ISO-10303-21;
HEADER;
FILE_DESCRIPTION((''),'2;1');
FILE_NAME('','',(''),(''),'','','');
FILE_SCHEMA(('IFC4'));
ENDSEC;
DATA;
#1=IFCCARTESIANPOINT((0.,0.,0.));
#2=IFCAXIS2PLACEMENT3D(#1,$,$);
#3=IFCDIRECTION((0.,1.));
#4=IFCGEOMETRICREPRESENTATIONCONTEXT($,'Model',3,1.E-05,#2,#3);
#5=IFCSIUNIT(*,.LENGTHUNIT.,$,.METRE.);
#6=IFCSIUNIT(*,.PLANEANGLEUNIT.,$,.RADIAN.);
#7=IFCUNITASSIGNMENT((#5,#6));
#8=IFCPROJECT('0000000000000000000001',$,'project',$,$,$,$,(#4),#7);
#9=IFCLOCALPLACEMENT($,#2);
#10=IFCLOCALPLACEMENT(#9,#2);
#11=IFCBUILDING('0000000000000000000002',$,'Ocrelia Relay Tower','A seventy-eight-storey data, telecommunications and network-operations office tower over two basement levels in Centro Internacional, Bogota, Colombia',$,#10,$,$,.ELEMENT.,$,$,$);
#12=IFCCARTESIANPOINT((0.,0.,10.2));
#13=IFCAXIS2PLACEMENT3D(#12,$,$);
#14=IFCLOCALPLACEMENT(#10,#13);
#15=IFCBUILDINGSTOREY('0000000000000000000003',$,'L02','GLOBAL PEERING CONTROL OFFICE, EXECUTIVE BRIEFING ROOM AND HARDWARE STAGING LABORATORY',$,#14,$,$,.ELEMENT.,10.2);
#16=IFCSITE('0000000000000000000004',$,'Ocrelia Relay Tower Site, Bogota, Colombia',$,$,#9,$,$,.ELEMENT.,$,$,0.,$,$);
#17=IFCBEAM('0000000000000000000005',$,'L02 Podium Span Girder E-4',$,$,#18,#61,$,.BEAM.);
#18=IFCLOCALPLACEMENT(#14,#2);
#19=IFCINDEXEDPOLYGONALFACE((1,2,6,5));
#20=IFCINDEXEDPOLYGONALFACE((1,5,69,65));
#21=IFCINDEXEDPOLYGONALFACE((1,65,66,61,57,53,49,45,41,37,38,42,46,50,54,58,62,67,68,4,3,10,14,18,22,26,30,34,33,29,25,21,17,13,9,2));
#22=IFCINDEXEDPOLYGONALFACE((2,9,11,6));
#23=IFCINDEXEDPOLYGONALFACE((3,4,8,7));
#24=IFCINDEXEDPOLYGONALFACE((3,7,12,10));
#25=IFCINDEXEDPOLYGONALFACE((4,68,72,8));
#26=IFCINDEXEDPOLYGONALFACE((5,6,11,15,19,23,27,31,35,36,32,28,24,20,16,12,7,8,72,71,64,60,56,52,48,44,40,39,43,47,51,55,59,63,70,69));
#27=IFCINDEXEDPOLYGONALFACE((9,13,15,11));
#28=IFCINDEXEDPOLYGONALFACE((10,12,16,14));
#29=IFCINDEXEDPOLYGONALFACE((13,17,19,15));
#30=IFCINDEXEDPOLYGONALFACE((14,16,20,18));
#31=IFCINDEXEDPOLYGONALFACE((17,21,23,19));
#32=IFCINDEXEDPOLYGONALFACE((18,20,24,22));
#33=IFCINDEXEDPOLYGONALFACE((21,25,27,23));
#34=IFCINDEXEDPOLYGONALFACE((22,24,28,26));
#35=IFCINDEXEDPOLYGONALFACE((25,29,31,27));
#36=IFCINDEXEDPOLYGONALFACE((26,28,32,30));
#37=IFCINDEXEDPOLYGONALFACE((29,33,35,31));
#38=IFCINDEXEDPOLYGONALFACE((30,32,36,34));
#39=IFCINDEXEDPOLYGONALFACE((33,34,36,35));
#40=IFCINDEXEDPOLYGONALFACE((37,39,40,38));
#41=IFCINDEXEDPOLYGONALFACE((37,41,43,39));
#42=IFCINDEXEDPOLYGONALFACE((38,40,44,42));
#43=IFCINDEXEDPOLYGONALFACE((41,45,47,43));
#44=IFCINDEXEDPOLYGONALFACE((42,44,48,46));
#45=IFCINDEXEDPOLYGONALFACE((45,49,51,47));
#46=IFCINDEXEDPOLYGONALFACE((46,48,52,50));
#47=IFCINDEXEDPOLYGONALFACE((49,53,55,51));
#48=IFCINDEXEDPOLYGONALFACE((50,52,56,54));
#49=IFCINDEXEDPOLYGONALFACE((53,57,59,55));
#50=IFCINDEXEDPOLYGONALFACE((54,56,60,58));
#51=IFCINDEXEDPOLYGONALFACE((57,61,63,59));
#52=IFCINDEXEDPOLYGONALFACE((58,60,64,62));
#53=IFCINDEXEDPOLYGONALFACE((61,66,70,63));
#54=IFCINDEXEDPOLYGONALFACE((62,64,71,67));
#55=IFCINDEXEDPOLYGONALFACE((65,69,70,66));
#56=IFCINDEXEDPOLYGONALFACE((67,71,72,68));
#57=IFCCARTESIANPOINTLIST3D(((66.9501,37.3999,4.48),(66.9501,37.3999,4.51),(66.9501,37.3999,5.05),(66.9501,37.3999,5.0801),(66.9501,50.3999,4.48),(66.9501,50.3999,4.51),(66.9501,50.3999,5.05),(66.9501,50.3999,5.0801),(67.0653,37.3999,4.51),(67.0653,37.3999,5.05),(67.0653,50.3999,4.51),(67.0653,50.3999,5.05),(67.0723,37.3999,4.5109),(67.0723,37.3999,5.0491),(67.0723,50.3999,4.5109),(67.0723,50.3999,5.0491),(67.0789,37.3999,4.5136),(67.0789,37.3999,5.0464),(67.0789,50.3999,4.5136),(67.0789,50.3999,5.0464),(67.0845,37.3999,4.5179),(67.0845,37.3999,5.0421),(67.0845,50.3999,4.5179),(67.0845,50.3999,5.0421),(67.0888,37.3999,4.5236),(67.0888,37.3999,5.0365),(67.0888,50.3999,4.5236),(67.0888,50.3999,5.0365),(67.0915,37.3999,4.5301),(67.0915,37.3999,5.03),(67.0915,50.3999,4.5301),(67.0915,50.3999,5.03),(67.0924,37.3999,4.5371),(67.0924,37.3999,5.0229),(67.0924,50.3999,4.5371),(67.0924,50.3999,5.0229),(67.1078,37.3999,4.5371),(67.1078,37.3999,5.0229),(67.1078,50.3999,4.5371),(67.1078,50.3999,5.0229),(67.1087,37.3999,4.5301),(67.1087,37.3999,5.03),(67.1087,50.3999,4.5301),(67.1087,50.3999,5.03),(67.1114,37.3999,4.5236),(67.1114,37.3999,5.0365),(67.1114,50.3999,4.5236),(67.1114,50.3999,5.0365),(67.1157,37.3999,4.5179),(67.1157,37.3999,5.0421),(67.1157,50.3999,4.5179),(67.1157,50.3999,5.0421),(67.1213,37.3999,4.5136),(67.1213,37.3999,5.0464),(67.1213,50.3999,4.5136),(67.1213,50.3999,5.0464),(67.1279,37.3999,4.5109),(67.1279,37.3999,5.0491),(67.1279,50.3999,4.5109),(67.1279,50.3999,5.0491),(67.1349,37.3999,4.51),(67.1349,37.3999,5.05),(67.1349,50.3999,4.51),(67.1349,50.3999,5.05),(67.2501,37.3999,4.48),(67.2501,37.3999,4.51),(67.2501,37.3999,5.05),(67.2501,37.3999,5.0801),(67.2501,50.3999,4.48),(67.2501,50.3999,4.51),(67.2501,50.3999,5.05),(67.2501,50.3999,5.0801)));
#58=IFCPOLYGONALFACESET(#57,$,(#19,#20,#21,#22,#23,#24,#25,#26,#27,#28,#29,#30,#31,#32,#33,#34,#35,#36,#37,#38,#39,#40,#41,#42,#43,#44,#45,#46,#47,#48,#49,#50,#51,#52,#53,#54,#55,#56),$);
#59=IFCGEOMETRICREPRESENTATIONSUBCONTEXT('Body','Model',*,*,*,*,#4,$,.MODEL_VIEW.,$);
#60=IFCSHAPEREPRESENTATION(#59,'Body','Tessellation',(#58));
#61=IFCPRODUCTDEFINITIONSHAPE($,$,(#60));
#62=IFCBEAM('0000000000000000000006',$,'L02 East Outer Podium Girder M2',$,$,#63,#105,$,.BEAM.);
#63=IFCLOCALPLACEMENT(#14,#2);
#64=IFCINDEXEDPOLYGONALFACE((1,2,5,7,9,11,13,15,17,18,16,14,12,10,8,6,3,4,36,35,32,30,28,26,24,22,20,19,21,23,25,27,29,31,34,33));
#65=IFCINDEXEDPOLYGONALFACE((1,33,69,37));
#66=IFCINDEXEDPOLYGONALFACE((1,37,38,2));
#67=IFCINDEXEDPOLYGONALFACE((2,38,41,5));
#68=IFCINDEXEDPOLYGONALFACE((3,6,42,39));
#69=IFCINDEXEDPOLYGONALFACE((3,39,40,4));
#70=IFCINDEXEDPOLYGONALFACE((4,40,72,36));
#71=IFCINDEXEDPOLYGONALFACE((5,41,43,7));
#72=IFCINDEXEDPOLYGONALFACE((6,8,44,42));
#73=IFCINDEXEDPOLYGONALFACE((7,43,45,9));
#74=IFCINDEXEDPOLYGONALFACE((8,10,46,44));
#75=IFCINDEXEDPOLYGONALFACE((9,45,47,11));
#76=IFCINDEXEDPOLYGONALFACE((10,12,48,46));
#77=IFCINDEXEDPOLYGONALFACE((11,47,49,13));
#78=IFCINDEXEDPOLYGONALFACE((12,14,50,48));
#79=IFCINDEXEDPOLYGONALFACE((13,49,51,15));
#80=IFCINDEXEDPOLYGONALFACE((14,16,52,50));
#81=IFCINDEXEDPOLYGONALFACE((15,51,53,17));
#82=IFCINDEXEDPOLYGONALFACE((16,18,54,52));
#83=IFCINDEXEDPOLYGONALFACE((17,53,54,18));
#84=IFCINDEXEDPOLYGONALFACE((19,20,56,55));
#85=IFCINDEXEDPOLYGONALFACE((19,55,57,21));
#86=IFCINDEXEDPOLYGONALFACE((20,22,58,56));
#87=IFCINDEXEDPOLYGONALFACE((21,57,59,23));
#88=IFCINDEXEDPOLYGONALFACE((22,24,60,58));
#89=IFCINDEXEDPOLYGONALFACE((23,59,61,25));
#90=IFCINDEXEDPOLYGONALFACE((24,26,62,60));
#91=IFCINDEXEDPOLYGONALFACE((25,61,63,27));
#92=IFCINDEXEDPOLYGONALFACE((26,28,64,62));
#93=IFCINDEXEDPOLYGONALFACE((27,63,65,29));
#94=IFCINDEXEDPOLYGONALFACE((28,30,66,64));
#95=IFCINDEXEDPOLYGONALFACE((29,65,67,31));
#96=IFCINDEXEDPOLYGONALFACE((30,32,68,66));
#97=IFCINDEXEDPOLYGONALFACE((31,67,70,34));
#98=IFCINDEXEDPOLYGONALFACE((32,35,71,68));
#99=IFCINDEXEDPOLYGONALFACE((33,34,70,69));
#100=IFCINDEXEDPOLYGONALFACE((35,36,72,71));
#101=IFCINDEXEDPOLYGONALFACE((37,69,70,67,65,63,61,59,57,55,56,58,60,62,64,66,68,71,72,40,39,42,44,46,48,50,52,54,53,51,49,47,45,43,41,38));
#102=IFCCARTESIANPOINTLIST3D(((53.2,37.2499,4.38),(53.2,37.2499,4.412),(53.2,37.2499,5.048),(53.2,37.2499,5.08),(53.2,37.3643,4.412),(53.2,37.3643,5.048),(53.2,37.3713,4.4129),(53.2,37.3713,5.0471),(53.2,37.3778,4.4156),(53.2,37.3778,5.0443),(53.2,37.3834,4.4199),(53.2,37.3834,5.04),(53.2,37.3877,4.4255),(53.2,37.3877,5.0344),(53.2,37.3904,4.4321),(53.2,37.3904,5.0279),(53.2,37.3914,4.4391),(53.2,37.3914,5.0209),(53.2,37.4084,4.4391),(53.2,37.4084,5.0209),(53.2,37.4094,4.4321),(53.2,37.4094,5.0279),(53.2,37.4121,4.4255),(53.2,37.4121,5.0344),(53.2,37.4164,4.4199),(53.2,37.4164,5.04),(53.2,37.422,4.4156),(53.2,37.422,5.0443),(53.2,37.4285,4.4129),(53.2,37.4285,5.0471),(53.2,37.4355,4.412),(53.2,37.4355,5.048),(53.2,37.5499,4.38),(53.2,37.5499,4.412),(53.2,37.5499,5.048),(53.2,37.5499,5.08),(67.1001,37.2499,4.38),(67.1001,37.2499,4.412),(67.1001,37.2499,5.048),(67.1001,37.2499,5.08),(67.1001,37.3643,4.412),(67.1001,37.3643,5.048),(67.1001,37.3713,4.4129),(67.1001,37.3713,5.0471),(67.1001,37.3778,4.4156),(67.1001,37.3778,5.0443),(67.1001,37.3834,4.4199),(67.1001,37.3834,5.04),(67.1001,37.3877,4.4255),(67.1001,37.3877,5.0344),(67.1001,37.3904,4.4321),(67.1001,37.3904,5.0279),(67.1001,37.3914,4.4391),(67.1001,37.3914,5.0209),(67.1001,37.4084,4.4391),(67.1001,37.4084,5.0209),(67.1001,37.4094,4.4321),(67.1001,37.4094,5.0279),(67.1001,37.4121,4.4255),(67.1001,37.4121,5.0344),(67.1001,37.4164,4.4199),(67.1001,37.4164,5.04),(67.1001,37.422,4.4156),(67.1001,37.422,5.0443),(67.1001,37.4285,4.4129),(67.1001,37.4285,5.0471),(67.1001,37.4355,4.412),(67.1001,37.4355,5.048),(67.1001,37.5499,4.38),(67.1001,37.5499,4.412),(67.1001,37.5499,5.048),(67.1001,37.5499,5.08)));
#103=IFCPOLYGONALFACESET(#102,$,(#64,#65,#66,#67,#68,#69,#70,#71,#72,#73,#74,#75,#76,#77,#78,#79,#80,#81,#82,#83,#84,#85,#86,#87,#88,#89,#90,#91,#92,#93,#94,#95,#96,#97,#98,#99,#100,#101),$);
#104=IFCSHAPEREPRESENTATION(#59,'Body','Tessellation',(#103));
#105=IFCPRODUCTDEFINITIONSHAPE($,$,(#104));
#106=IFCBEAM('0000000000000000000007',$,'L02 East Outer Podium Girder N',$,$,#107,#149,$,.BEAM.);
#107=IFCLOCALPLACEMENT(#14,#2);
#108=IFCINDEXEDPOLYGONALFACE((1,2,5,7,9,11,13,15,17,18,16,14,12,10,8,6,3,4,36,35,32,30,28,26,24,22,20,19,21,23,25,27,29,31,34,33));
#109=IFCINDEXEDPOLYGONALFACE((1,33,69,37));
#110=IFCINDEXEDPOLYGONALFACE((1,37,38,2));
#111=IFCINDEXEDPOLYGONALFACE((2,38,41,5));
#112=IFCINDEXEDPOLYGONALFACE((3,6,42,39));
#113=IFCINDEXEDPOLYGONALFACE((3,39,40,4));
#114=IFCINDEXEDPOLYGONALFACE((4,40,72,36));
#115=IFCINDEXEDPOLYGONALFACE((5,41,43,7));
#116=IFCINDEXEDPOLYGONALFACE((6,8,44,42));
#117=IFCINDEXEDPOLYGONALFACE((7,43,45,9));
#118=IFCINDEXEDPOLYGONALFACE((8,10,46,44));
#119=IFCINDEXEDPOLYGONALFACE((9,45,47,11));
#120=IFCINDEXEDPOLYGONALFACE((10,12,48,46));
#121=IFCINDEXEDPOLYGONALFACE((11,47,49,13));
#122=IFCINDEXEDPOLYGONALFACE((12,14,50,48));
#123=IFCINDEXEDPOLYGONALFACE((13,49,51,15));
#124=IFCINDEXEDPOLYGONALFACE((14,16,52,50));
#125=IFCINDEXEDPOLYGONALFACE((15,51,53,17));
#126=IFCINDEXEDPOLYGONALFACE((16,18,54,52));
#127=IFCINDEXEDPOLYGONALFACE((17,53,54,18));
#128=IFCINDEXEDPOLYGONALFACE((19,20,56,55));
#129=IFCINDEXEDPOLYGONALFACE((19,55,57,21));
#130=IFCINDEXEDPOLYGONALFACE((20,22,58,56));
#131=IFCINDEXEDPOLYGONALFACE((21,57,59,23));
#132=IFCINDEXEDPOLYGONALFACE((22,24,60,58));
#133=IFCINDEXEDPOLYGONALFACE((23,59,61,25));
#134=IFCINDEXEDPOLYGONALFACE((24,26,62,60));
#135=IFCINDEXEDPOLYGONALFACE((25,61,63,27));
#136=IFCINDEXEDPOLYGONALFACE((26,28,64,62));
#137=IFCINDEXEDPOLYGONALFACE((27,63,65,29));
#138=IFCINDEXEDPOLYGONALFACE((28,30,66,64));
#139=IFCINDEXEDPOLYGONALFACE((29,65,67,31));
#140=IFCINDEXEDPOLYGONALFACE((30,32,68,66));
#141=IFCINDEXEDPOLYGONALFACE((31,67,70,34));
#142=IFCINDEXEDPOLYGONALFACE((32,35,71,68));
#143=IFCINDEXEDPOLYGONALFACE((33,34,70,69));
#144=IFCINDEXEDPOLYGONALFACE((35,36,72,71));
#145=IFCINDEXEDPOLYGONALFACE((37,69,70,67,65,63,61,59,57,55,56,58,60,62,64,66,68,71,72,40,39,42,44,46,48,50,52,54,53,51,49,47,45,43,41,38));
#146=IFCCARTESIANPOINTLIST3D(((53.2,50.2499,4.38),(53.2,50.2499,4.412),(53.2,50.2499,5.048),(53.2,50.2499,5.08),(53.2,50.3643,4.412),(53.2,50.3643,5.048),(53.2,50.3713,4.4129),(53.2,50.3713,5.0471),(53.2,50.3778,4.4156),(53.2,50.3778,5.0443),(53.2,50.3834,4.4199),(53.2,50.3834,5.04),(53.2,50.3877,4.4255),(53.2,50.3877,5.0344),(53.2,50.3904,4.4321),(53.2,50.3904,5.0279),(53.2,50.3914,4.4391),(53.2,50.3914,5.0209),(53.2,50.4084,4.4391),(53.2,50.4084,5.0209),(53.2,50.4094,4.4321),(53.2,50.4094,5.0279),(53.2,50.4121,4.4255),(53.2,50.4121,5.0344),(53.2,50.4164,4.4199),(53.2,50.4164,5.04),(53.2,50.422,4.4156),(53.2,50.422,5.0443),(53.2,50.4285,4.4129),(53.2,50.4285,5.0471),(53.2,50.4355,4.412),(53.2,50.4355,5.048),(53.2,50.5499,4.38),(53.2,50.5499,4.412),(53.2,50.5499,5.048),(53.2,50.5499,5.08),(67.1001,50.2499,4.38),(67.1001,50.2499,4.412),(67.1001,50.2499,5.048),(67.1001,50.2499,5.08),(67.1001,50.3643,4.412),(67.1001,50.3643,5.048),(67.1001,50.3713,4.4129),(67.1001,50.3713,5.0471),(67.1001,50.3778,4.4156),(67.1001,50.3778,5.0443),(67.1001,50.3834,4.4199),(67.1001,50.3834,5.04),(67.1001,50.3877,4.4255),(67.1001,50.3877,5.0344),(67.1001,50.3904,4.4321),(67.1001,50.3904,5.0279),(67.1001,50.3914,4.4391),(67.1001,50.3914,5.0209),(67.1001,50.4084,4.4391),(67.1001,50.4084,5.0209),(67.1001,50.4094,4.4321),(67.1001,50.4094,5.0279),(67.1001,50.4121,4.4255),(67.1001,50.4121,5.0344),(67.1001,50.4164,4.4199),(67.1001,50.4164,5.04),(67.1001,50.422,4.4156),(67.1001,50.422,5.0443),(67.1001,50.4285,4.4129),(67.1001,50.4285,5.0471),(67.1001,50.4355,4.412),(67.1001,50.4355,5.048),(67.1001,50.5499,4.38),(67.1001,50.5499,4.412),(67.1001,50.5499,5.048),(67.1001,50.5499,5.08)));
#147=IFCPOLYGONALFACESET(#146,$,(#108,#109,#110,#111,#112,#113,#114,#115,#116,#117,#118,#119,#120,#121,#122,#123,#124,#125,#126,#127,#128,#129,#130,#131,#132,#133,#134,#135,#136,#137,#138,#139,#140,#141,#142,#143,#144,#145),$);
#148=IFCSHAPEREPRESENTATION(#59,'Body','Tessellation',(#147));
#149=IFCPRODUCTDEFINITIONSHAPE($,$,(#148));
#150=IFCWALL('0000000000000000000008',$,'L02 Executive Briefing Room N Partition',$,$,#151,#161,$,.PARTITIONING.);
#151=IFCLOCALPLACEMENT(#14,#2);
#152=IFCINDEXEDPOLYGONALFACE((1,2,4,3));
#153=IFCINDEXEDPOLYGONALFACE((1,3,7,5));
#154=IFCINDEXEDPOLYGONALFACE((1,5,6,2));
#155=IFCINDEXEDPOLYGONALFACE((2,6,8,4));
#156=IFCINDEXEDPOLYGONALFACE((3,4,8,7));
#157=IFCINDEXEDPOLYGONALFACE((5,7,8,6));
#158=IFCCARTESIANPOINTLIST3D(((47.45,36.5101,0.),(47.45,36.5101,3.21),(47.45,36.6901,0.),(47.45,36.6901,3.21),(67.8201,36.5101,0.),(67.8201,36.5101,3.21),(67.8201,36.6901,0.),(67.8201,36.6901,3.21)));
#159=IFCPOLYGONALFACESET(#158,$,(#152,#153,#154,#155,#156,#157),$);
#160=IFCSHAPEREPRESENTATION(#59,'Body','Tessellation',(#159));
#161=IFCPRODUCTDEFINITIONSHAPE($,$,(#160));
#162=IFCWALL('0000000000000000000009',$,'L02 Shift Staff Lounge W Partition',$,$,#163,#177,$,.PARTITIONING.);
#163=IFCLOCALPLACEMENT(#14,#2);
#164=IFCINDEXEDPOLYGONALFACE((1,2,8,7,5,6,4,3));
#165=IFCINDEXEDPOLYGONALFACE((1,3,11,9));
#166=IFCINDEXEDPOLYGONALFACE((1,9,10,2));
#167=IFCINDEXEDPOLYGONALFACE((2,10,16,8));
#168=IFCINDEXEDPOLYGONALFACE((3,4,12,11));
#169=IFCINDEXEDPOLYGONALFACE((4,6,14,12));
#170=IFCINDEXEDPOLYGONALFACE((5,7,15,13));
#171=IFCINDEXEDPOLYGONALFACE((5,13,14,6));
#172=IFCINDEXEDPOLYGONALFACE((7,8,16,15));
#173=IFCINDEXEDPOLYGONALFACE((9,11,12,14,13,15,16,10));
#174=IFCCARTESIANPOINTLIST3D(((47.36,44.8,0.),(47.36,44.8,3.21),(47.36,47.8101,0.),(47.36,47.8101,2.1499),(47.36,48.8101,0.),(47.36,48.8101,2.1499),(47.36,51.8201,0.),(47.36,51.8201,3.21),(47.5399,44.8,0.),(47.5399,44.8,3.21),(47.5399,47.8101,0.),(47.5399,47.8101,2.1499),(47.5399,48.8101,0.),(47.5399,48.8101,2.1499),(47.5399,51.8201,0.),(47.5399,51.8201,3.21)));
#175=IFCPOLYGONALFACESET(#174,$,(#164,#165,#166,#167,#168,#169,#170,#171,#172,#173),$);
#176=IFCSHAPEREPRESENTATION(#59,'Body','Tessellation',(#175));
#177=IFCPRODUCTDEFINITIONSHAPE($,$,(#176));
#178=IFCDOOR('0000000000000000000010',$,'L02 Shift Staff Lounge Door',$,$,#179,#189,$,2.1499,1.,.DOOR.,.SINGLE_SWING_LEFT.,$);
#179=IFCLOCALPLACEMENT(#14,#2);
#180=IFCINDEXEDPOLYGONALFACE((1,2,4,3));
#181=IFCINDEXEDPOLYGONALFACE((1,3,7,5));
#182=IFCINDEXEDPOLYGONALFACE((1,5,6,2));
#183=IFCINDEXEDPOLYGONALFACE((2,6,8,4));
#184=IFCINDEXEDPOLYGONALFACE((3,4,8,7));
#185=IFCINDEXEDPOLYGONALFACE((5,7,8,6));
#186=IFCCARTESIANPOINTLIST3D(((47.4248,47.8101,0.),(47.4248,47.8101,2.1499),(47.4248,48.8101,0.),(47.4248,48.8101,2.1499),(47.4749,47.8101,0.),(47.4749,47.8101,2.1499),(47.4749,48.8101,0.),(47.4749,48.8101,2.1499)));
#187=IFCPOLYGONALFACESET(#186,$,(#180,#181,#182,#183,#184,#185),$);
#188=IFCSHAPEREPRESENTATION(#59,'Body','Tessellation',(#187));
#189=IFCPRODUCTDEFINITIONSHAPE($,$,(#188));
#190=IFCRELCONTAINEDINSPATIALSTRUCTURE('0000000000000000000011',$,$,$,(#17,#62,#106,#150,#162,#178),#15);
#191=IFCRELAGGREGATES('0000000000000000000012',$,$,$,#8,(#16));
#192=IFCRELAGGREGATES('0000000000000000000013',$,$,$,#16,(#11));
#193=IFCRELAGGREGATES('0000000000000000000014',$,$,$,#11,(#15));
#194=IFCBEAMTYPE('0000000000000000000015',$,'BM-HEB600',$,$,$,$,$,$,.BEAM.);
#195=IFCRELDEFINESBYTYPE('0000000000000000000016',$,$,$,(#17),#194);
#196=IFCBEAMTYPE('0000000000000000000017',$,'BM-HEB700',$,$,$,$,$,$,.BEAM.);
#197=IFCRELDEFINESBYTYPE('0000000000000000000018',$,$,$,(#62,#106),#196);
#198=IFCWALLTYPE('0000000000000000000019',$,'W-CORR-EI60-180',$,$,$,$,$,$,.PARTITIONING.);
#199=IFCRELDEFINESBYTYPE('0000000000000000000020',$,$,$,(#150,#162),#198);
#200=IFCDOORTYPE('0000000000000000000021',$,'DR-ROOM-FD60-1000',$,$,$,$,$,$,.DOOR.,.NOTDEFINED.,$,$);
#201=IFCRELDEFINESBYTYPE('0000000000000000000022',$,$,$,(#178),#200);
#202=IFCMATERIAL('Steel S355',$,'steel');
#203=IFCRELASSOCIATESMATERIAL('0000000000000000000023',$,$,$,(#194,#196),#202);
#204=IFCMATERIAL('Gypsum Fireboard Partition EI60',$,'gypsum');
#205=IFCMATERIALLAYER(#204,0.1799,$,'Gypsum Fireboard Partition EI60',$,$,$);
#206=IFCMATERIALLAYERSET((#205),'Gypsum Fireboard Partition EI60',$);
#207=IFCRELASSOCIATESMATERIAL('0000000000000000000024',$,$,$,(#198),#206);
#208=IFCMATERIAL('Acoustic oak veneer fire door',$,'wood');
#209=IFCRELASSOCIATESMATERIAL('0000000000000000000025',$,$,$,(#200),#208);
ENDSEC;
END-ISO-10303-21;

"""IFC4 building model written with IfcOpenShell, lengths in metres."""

from ifc_helpers import new_model, si_unit, direction, frame, frame_2d, origin, origin_2d, place, context, subcontext, project, spatial, rectangle, i_section, extrude, material, layer, layer_set, material_profile, profile_set, type_object, element, fill, save


model = new_model("IFC4")

# Units and contexts
model_context = context("Model", 3, precision=1e-05, world=origin(), true_north=direction((0.0, 1.0)))
body_context = subcontext(model_context, "Body", "Model", "MODEL_VIEW")
ifc_project = project(units=[si_unit("LENGTHUNIT", "METRE"), si_unit("PLANEANGLEUNIT", "RADIAN")], contexts=[model_context])

# Site, building, storey
site_placement = place(None, origin())
site = spatial("IfcSite", under=ifc_project, at=site_placement, Name="Ocrelia Relay Tower Site, Bogota, Colombia", CompositionType="ELEMENT", RefElevation=0.0)
building_placement = place(site_placement, origin())
building = spatial("IfcBuilding", under=site, at=building_placement, Name="Ocrelia Relay Tower", Description="A seventy-eight-storey data, telecommunications and network-operations office tower over two basement levels in Centro Internacional, Bogota, Colombia", CompositionType="ELEMENT")
storey_placement = place(building_placement, frame((0.0, 0.0, 10.2)))
storey = spatial("IfcBuildingStorey", under=building, at=storey_placement, Name="L02", Description="GLOBAL PEERING CONTROL OFFICE, EXECUTIVE BRIEFING ROOM AND HARDWARE STAGING LABORATORY", CompositionType="ELEMENT", Elevation=10.2)

# Beams
ifc_material_1 = material(Name="Steel S355", Category="steel")
ifc_material_profile_1 = material_profile(ifc_material_1, i_section(OverallWidth=0.3, OverallDepth=0.6001, WebThickness=0.0154, FlangeThickness=0.03, FilletRadius=0.0271, at=origin_2d()), Name="HEB 600")
ifc_profile_set_1 = profile_set([ifc_material_profile_1], Name="Steel S355")
beam_type_1 = type_object("IfcBeamType", Name="BM-HEB600", PredefinedType="BEAM", material=ifc_profile_set_1)
for number, where, z_axis, x_axis, name in (
    (1, (67.1001, 37.3999, 4.78), (0.0, 1.0, 0.0), (-1.0, 0.0, 0.0), "L02 Podium Span Girder E-4"),
):
    element("IfcBeam", number, at=place(storey_placement, frame(where, z_axis=z_axis, x_axis=x_axis)), inside=storey, type_object=beam_type_1, Name=name, PredefinedType="BEAM", context=body_context, shape_type="SweptSolid", body=[
        extrude(i_section(OverallWidth=0.3, OverallDepth=0.6001, WebThickness=0.0154, FlangeThickness=0.03, FilletRadius=0.0271, at=origin_2d()), origin(), (0.0, 0.0, 1.0), 13.0),
    ])
ifc_material_profile_2 = material_profile(ifc_material_1, i_section(OverallWidth=0.3, OverallDepth=0.7, WebThickness=0.0171, FlangeThickness=0.032, FilletRadius=0.0271, at=origin_2d()), Name="HEB 700")
ifc_profile_set_2 = profile_set([ifc_material_profile_2], Name="Steel S355")
beam_type_2 = type_object("IfcBeamType", Name="BM-HEB700", PredefinedType="BEAM", material=ifc_profile_set_2)
for number, where, z_axis, x_axis, name in (
    (2, (53.2, 37.3999, 4.73), (1.0, 0.0, 0.0), (0.0, 1.0, 0.0), "L02 East Outer Podium Girder M2"),
    (3, (53.2, 50.3999, 4.73), (1.0, 0.0, 0.0), (0.0, 1.0, 0.0), "L02 East Outer Podium Girder N"),
):
    element("IfcBeam", number, at=place(storey_placement, frame(where, z_axis=z_axis, x_axis=x_axis)), inside=storey, type_object=beam_type_2, Name=name, PredefinedType="BEAM", context=body_context, shape_type="SweptSolid", body=[
        extrude(i_section(OverallWidth=0.3, OverallDepth=0.7, WebThickness=0.0171, FlangeThickness=0.032, FilletRadius=0.0271, at=origin_2d()), origin(), (0.0, 0.0, 1.0), 13.9001),
    ])

# Wall
ifc_material_2 = material(Name="Gypsum Fireboard Partition EI60", Category="gypsum")
ifc_layer_1 = layer(ifc_material_2, 0.1799, Name="Gypsum Fireboard Partition EI60")
ifc_layer_set_1 = layer_set([ifc_layer_1], Name="Gypsum Fireboard Partition EI60")
wall_type_1 = type_object("IfcWallType", Name="W-CORR-EI60-180", PredefinedType="PARTITIONING", material=ifc_layer_set_1)
wall_1_placement = place(storey_placement, frame((67.8201, 36.6001, 0.0), z_axis=(0.0, 0.0, 1.0), x_axis=(-1.0, 0.0, 0.0)))
element("IfcWall", 4, at=wall_1_placement, inside=storey, type_object=wall_type_1, Name="L02 Executive Briefing Room N Partition", PredefinedType="PARTITIONING", context=body_context, shape_type="SweptSolid", body=[
    extrude(rectangle(XDim=20.3701, YDim=0.1799, at=frame_2d((10.1851, 0.0))), origin(), (0.0, 0.0, 1.0), 3.21),
])

# Wall, opening, door
wall_2_placement = place(storey_placement, frame((47.45, 51.8201, 0.0), z_axis=(0.0, 0.0, 1.0), x_axis=(0.0, -1.0, 0.0)))
wall_2 = element("IfcWall", 5, at=wall_2_placement, inside=storey, type_object=wall_type_1, Name="L02 Shift Staff Lounge W Partition", PredefinedType="PARTITIONING", context=body_context, shape_type="SweptSolid", body=[
    extrude(rectangle(XDim=7.02, YDim=0.1799, at=frame_2d((3.51, 0.0))), origin(), (0.0, 0.0, 1.0), 3.21),
])
opening_1_placement = place(wall_2_placement, frame((3.01, 0.0, 0.0)))
opening_1 = element("IfcOpeningElement", 6, at=opening_1_placement, cuts=wall_2, PredefinedType="OPENING", context=body_context, shape_type="SweptSolid", body=[
    extrude(rectangle(XDim=1.0, YDim=2.1499, at=frame_2d((0.5, 1.075))), frame((0.0, 0.1001, 0.0), z_axis=(0.0, -1.0, 0.0), x_axis=(1.0, 0.0, 0.0)), (0.0, 0.0, 1.0), 0.2),
])
ifc_material_3 = material(Name="Acoustic oak veneer fire door", Category="wood")
door_type_1 = type_object("IfcDoorType", Name="DR-ROOM-FD60-1000", OperationType="NOTDEFINED", PredefinedType="DOOR", material=ifc_material_3)
door_1_placement = place(opening_1_placement, origin())
door_1 = element("IfcDoor", 7, at=door_1_placement, inside=storey, type_object=door_type_1, Name="L02 Shift Staff Lounge Door", OperationType="SINGLE_SWING_LEFT", OverallHeight=2.1499, OverallWidth=1.0, PredefinedType="DOOR", context=body_context, shape_type="SweptSolid", body=[
    extrude(rectangle(XDim=1.0, YDim=2.1499, at=frame_2d((0.5, 1.075))), frame((0.0, 0.0249, 0.0), z_axis=(0.0, -1.0, 0.0), x_axis=(1.0, 0.0, 0.0)), (0.0, 0.0, 1.0), 0.05),
])
fill(opening_1, door_1)

save(model, "model.ifc")
